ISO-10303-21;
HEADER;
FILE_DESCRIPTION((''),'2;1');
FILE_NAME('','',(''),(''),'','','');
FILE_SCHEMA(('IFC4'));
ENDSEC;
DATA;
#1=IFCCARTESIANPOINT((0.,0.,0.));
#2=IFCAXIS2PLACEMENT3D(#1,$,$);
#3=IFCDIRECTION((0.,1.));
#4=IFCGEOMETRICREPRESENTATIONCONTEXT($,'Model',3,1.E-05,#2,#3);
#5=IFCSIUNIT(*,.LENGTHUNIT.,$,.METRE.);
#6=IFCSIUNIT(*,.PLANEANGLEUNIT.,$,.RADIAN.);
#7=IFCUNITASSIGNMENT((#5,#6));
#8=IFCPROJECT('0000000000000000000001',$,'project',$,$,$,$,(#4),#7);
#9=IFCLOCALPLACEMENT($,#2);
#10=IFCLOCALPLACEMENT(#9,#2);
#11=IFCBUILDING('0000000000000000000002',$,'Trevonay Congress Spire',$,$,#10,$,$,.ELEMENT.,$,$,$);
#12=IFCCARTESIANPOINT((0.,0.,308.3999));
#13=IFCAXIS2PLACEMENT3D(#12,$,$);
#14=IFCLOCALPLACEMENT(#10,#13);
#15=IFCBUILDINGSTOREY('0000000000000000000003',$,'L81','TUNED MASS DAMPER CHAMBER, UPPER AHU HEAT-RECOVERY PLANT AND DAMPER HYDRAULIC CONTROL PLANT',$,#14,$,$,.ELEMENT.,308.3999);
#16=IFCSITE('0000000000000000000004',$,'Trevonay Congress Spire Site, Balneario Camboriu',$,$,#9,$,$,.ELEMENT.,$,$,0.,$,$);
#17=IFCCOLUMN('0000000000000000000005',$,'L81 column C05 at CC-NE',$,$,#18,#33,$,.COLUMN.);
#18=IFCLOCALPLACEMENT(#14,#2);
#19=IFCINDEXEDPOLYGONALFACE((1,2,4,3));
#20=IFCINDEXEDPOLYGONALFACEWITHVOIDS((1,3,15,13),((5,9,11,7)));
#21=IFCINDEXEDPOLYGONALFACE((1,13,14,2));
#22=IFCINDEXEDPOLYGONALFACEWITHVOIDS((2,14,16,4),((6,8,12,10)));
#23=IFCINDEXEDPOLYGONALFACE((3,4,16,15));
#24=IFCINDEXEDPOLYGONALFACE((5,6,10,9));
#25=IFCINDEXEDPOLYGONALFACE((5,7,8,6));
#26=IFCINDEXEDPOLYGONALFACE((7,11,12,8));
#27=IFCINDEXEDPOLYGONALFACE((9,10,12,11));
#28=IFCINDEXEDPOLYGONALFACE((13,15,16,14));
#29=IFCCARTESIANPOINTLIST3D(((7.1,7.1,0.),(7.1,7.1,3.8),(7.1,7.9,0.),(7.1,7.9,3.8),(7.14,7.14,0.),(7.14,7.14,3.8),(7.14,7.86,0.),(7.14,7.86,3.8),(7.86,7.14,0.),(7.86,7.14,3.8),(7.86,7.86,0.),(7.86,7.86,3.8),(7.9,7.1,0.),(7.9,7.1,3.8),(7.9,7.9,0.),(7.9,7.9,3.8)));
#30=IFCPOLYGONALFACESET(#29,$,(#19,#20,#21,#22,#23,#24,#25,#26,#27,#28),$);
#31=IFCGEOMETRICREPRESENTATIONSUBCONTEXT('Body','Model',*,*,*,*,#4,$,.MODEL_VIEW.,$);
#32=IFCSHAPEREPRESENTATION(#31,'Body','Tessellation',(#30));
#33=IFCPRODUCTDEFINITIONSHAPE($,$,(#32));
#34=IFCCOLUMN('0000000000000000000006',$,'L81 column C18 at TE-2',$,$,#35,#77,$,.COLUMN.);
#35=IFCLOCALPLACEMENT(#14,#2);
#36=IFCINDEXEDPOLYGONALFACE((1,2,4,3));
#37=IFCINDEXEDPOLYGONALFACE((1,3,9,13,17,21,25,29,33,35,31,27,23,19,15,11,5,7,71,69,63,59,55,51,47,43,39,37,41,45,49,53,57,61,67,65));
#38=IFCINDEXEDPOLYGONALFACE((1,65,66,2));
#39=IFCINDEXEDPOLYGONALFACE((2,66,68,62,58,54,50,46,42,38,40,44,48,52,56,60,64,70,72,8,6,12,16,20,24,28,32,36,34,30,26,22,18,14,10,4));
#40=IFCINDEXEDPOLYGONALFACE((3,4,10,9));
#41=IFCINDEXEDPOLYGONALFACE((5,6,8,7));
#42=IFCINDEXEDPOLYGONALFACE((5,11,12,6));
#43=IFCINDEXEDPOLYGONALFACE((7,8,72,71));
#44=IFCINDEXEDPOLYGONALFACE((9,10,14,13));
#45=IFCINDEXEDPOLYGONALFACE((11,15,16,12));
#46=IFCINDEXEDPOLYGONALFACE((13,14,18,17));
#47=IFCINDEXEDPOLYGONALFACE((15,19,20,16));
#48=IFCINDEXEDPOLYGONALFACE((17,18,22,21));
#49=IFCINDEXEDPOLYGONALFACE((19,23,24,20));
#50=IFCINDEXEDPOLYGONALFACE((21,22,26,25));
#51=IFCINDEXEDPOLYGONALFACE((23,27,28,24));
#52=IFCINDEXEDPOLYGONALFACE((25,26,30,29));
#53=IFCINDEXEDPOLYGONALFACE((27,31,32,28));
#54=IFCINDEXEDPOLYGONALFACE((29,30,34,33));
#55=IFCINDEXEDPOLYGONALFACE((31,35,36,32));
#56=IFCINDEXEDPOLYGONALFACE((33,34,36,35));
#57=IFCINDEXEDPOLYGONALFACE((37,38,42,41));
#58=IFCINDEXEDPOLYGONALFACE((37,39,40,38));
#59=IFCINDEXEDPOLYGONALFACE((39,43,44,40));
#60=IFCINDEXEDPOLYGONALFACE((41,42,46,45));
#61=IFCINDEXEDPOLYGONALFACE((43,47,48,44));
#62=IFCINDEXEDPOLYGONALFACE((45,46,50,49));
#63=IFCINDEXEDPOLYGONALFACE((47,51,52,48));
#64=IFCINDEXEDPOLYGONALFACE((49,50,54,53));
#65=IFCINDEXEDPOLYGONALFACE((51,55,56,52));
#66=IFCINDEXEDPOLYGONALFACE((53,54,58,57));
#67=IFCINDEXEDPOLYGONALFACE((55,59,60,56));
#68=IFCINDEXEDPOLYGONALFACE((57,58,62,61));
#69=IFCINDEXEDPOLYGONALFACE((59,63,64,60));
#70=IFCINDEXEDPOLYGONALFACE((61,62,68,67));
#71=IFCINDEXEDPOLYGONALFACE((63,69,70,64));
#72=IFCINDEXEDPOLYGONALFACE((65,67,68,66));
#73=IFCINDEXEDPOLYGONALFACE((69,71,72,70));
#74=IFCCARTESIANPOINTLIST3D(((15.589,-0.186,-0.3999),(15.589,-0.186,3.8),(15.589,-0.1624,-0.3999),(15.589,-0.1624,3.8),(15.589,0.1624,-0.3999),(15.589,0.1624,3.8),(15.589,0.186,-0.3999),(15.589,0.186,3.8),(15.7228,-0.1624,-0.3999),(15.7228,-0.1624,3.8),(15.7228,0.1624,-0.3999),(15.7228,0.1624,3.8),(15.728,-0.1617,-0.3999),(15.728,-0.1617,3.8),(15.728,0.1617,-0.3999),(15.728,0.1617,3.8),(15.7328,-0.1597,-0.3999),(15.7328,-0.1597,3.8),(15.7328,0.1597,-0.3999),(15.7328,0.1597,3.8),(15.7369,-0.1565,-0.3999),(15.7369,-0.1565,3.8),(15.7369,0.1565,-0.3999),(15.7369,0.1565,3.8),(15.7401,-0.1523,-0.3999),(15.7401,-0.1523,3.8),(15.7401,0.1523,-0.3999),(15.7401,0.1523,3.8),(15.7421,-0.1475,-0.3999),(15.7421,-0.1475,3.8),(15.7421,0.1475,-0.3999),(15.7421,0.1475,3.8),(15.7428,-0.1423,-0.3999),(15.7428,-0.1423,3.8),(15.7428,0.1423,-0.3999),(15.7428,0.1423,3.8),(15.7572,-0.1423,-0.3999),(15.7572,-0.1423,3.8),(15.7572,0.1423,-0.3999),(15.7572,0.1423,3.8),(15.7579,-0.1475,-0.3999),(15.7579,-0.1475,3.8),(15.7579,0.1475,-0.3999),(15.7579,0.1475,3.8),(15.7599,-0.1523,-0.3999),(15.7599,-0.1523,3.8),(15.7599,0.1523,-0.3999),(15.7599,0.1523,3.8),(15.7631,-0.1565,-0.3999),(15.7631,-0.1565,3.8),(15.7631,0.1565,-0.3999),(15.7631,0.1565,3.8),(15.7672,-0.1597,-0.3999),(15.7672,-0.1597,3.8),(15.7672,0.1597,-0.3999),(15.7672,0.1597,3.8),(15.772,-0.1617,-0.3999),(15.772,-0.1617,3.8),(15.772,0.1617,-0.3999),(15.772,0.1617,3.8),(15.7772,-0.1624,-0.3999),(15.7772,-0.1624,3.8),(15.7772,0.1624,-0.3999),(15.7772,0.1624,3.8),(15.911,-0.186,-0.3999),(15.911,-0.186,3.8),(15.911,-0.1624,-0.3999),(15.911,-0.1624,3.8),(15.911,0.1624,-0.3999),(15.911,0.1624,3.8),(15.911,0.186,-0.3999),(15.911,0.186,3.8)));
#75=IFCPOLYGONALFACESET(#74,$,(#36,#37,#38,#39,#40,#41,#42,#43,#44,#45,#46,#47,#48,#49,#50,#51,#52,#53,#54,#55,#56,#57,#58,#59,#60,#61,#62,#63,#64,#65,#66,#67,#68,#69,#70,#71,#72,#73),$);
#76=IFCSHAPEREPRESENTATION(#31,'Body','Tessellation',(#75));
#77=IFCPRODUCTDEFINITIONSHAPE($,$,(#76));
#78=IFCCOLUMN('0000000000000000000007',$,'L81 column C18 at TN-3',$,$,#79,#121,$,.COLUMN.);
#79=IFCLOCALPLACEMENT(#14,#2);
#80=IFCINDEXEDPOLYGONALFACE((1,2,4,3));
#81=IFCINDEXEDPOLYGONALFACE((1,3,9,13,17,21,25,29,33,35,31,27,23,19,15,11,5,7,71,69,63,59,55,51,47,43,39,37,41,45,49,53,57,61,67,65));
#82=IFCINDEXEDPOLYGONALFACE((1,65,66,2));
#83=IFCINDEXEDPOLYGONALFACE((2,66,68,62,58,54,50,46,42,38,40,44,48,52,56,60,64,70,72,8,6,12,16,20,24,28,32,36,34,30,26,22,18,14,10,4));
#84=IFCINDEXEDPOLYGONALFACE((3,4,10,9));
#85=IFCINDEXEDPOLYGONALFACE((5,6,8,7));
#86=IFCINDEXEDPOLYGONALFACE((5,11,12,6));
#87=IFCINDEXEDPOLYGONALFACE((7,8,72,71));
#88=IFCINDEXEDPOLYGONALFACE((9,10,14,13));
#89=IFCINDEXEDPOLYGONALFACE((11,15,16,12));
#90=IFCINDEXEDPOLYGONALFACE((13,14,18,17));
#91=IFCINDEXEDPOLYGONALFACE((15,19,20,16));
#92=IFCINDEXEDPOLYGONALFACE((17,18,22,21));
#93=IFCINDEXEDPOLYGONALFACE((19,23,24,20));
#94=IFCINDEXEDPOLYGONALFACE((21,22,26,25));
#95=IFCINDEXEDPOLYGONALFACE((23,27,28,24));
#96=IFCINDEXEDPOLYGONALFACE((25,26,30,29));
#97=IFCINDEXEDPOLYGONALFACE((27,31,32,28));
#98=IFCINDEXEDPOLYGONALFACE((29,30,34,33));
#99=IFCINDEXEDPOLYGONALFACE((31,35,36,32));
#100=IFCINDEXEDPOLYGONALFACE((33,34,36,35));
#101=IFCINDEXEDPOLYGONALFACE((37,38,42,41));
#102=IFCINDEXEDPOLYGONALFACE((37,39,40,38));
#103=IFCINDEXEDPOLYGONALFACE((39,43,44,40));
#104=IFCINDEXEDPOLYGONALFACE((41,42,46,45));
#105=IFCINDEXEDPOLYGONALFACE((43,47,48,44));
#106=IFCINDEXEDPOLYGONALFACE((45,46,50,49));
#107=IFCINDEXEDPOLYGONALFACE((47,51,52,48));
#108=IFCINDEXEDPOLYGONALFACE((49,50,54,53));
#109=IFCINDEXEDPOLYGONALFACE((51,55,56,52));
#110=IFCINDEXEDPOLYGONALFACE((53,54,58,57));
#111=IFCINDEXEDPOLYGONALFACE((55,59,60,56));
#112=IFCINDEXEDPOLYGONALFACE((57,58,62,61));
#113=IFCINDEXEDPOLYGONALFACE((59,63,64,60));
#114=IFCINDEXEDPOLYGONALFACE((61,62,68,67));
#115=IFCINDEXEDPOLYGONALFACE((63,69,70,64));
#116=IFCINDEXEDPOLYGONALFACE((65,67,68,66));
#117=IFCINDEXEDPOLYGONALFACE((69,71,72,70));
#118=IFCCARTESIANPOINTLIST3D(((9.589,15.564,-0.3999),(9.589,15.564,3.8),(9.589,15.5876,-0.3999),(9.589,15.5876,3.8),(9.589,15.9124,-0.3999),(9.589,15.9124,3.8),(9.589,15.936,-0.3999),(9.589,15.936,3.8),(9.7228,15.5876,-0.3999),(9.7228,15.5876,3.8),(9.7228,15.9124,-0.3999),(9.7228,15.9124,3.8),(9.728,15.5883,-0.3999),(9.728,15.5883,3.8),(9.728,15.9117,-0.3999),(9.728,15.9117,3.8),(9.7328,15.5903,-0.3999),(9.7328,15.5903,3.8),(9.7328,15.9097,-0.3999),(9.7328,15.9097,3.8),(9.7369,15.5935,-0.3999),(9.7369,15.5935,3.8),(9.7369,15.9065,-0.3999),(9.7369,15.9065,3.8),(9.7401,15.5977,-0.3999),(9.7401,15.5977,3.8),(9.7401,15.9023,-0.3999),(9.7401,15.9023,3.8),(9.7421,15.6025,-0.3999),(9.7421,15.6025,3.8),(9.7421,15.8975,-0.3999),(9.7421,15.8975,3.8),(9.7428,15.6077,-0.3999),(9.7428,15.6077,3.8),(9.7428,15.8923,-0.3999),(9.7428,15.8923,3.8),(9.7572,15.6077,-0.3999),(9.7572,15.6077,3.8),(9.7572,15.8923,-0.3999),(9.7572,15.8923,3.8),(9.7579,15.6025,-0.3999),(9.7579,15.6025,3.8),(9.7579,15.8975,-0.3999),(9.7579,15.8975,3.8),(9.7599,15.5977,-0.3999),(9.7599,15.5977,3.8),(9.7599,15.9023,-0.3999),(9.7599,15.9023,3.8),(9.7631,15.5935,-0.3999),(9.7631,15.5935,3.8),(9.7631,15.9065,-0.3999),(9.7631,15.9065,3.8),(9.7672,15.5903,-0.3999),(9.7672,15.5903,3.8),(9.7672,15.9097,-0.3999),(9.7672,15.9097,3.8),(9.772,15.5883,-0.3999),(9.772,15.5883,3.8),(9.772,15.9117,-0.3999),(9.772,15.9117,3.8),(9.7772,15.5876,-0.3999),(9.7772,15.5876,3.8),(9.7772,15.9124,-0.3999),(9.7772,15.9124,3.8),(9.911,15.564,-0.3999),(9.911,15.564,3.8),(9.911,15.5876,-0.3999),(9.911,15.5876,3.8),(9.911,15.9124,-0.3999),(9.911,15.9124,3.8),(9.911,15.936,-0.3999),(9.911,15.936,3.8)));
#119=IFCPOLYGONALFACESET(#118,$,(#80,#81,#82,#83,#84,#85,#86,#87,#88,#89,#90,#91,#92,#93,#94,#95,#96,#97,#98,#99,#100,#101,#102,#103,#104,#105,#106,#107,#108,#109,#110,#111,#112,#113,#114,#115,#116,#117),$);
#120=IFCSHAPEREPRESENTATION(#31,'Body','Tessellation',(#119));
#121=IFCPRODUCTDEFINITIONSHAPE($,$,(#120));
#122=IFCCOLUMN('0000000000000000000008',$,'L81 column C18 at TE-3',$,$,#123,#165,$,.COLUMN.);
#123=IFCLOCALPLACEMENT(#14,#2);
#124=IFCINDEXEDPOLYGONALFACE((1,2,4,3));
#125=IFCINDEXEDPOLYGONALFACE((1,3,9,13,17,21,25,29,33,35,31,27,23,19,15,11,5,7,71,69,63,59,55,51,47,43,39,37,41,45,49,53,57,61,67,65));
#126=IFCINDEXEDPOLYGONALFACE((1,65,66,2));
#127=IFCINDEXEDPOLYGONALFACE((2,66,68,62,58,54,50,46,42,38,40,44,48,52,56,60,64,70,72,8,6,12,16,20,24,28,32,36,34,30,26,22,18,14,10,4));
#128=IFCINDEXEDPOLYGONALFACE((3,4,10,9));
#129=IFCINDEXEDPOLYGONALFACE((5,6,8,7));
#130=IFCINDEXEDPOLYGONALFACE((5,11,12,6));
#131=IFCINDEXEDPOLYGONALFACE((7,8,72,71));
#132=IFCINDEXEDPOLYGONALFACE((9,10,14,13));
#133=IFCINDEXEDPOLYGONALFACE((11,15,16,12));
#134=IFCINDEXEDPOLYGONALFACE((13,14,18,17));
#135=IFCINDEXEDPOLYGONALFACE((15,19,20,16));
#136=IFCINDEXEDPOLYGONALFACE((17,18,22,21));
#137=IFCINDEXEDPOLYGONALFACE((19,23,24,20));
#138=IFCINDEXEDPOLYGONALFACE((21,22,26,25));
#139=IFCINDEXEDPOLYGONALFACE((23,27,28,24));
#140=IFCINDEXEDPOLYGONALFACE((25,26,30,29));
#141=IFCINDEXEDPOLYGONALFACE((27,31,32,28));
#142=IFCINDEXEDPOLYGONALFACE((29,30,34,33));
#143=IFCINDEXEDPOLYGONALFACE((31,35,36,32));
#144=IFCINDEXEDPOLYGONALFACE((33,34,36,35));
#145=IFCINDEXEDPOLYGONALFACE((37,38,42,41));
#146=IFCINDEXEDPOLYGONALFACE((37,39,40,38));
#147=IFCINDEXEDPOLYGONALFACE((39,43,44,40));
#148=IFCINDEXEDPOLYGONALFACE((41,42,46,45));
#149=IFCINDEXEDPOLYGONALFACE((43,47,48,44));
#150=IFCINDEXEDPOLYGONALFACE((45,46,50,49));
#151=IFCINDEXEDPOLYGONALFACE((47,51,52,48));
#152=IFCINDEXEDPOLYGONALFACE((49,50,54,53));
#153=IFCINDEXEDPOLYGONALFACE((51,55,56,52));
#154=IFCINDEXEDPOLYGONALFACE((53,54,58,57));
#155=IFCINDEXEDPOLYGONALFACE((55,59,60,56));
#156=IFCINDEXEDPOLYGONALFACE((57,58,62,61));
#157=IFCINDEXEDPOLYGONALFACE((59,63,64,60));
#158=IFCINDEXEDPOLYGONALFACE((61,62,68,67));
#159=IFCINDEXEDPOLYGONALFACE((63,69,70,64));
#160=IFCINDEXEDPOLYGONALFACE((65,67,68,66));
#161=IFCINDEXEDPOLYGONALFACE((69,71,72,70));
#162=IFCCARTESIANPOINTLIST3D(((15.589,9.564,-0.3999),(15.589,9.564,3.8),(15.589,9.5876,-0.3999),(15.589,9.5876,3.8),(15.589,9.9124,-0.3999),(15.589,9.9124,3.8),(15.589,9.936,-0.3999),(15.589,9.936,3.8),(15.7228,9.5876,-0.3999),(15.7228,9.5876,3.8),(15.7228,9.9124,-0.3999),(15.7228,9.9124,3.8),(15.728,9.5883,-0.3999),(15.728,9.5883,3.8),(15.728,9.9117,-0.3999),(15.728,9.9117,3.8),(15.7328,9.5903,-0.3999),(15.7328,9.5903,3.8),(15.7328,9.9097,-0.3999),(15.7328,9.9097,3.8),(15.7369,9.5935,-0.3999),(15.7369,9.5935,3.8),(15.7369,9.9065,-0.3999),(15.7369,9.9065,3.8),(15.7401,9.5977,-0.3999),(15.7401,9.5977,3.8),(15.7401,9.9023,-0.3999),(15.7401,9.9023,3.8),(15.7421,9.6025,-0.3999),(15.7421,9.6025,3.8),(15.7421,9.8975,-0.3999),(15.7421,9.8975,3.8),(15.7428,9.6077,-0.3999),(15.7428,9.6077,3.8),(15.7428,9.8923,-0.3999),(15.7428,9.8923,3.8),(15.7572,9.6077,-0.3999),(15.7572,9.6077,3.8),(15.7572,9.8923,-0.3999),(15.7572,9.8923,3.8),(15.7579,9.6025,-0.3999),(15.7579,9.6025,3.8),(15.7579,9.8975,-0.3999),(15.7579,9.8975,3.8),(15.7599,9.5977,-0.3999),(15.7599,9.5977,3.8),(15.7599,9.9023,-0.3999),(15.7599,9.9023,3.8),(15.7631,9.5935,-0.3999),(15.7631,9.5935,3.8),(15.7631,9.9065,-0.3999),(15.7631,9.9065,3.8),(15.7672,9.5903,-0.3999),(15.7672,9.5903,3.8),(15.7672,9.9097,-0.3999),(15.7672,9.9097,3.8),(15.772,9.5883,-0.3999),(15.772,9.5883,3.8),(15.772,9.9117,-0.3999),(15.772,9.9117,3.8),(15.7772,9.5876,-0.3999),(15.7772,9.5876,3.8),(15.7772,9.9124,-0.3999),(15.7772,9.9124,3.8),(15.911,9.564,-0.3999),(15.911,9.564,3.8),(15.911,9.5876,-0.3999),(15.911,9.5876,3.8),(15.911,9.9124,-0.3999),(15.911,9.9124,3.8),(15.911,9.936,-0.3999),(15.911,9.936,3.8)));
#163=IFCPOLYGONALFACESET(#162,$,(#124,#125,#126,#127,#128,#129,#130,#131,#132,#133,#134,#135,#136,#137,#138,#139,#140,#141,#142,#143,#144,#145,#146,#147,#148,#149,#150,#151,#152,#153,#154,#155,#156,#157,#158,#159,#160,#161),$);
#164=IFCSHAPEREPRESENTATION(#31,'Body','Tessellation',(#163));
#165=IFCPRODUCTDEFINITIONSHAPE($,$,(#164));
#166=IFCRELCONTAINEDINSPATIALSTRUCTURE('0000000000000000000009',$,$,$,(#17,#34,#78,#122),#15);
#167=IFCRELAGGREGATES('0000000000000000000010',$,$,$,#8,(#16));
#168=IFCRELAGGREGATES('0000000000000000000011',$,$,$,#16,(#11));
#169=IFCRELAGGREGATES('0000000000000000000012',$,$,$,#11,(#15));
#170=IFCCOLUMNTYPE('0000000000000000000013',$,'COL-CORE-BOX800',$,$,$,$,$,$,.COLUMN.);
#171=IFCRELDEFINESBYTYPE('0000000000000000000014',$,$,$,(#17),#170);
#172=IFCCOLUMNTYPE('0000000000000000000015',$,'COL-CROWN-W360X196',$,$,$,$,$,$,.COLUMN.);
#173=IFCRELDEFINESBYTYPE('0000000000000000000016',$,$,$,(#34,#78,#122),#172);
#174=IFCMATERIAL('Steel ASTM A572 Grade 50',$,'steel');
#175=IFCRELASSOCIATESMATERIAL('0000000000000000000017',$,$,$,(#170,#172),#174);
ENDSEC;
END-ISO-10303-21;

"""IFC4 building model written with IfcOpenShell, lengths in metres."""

from ifc_helpers import new_model, si_unit, direction, frame, origin, origin_2d, place, context, subcontext, project, spatial, hollow_rectangle, i_section, extrude, material, material_profile, profile_set, type_object, element, save


model = new_model("IFC4")

# Units and contexts
model_context = context("Model", 3, precision=1e-05, world=origin(), true_north=direction((0.0, 1.0)))
body_context = subcontext(model_context, "Body", "Model", "MODEL_VIEW")
ifc_project = project(units=[si_unit("LENGTHUNIT", "METRE"), si_unit("PLANEANGLEUNIT", "RADIAN")], contexts=[model_context])

# Site, building, storey
site_placement = place(None, origin())
site = spatial("IfcSite", under=ifc_project, at=site_placement, Name="Trevonay Congress Spire Site, Balneario Camboriu", CompositionType="ELEMENT", RefElevation=0.0)
building_placement = place(site_placement, origin())
building = spatial("IfcBuilding", under=site, at=building_placement, Name="Trevonay Congress Spire", CompositionType="ELEMENT")
storey_placement = place(building_placement, frame((0.0, 0.0, 308.3999)))
storey = spatial("IfcBuildingStorey", under=building, at=storey_placement, Name="L81", Description="TUNED MASS DAMPER CHAMBER, UPPER AHU HEAT-RECOVERY PLANT AND DAMPER HYDRAULIC CONTROL PLANT", CompositionType="ELEMENT", Elevation=308.3999)

# Columns
ifc_material_1 = material(Name="Steel ASTM A572 Grade 50", Category="steel")
ifc_material_profile_1 = material_profile(ifc_material_1, hollow_rectangle(XDim=0.8, YDim=0.8, WallThickness=0.04, at=origin_2d()), Name="BOX 800x800x40")
ifc_profile_set_1 = profile_set([ifc_material_profile_1], Name="Steel ASTM A572 Grade 50")
column_type_1 = type_object("IfcColumnType", Name="COL-CORE-BOX800", PredefinedType="COLUMN", material=ifc_profile_set_1)
column_1_placement = place(storey_placement, frame((7.5, 7.5, 0.0), z_axis=(0.0, 0.0, 1.0), x_axis=(1.0, 0.0, 0.0)))
element("IfcColumn", 1, at=column_1_placement, inside=storey, type_object=column_type_1, Name="L81 column C05 at CC-NE", PredefinedType="COLUMN", context=body_context, shape_type="SweptSolid", body=[
    extrude(hollow_rectangle(XDim=0.8, YDim=0.8, WallThickness=0.04, at=origin_2d()), origin(), (0.0, 0.0, 1.0), 3.8),
])
ifc_material_profile_2 = material_profile(ifc_material_1, i_section(OverallWidth=0.322, OverallDepth=0.3721, WebThickness=0.0144, FlangeThickness=0.0237, FilletRadius=0.02, at=origin_2d()), Name="W360x196")
ifc_profile_set_2 = profile_set([ifc_material_profile_2], Name="Steel ASTM A572 Grade 50")
column_type_2 = type_object("IfcColumnType", Name="COL-CROWN-W360X196", PredefinedType="COLUMN", material=ifc_profile_set_2)
for number, where, z_axis, x_axis, name in (
    (2, (15.75, 0.0, -0.3999), (0.0, 0.0, 1.0), (1.0, 0.0, 0.0), "L81 column C18 at TE-2"),
    (3, (9.75, 15.75, -0.3999), (0.0, 0.0, 1.0), (1.0, 0.0, 0.0), "L81 column C18 at TN-3"),
    (4, (15.75, 9.75, -0.3999), (0.0, 0.0, 1.0), (1.0, 0.0, 0.0), "L81 column C18 at TE-3"),
):
    element("IfcColumn", number, at=place(storey_placement, frame(where, z_axis=z_axis, x_axis=x_axis)), inside=storey, type_object=column_type_2, Name=name, PredefinedType="COLUMN", context=body_context, shape_type="SweptSolid", body=[
        extrude(i_section(OverallWidth=0.322, OverallDepth=0.3721, WebThickness=0.0144, FlangeThickness=0.0237, FilletRadius=0.02, at=origin_2d()), origin(), (0.0, 0.0, 1.0), 4.2),
    ])

save(model, "model.ifc")
